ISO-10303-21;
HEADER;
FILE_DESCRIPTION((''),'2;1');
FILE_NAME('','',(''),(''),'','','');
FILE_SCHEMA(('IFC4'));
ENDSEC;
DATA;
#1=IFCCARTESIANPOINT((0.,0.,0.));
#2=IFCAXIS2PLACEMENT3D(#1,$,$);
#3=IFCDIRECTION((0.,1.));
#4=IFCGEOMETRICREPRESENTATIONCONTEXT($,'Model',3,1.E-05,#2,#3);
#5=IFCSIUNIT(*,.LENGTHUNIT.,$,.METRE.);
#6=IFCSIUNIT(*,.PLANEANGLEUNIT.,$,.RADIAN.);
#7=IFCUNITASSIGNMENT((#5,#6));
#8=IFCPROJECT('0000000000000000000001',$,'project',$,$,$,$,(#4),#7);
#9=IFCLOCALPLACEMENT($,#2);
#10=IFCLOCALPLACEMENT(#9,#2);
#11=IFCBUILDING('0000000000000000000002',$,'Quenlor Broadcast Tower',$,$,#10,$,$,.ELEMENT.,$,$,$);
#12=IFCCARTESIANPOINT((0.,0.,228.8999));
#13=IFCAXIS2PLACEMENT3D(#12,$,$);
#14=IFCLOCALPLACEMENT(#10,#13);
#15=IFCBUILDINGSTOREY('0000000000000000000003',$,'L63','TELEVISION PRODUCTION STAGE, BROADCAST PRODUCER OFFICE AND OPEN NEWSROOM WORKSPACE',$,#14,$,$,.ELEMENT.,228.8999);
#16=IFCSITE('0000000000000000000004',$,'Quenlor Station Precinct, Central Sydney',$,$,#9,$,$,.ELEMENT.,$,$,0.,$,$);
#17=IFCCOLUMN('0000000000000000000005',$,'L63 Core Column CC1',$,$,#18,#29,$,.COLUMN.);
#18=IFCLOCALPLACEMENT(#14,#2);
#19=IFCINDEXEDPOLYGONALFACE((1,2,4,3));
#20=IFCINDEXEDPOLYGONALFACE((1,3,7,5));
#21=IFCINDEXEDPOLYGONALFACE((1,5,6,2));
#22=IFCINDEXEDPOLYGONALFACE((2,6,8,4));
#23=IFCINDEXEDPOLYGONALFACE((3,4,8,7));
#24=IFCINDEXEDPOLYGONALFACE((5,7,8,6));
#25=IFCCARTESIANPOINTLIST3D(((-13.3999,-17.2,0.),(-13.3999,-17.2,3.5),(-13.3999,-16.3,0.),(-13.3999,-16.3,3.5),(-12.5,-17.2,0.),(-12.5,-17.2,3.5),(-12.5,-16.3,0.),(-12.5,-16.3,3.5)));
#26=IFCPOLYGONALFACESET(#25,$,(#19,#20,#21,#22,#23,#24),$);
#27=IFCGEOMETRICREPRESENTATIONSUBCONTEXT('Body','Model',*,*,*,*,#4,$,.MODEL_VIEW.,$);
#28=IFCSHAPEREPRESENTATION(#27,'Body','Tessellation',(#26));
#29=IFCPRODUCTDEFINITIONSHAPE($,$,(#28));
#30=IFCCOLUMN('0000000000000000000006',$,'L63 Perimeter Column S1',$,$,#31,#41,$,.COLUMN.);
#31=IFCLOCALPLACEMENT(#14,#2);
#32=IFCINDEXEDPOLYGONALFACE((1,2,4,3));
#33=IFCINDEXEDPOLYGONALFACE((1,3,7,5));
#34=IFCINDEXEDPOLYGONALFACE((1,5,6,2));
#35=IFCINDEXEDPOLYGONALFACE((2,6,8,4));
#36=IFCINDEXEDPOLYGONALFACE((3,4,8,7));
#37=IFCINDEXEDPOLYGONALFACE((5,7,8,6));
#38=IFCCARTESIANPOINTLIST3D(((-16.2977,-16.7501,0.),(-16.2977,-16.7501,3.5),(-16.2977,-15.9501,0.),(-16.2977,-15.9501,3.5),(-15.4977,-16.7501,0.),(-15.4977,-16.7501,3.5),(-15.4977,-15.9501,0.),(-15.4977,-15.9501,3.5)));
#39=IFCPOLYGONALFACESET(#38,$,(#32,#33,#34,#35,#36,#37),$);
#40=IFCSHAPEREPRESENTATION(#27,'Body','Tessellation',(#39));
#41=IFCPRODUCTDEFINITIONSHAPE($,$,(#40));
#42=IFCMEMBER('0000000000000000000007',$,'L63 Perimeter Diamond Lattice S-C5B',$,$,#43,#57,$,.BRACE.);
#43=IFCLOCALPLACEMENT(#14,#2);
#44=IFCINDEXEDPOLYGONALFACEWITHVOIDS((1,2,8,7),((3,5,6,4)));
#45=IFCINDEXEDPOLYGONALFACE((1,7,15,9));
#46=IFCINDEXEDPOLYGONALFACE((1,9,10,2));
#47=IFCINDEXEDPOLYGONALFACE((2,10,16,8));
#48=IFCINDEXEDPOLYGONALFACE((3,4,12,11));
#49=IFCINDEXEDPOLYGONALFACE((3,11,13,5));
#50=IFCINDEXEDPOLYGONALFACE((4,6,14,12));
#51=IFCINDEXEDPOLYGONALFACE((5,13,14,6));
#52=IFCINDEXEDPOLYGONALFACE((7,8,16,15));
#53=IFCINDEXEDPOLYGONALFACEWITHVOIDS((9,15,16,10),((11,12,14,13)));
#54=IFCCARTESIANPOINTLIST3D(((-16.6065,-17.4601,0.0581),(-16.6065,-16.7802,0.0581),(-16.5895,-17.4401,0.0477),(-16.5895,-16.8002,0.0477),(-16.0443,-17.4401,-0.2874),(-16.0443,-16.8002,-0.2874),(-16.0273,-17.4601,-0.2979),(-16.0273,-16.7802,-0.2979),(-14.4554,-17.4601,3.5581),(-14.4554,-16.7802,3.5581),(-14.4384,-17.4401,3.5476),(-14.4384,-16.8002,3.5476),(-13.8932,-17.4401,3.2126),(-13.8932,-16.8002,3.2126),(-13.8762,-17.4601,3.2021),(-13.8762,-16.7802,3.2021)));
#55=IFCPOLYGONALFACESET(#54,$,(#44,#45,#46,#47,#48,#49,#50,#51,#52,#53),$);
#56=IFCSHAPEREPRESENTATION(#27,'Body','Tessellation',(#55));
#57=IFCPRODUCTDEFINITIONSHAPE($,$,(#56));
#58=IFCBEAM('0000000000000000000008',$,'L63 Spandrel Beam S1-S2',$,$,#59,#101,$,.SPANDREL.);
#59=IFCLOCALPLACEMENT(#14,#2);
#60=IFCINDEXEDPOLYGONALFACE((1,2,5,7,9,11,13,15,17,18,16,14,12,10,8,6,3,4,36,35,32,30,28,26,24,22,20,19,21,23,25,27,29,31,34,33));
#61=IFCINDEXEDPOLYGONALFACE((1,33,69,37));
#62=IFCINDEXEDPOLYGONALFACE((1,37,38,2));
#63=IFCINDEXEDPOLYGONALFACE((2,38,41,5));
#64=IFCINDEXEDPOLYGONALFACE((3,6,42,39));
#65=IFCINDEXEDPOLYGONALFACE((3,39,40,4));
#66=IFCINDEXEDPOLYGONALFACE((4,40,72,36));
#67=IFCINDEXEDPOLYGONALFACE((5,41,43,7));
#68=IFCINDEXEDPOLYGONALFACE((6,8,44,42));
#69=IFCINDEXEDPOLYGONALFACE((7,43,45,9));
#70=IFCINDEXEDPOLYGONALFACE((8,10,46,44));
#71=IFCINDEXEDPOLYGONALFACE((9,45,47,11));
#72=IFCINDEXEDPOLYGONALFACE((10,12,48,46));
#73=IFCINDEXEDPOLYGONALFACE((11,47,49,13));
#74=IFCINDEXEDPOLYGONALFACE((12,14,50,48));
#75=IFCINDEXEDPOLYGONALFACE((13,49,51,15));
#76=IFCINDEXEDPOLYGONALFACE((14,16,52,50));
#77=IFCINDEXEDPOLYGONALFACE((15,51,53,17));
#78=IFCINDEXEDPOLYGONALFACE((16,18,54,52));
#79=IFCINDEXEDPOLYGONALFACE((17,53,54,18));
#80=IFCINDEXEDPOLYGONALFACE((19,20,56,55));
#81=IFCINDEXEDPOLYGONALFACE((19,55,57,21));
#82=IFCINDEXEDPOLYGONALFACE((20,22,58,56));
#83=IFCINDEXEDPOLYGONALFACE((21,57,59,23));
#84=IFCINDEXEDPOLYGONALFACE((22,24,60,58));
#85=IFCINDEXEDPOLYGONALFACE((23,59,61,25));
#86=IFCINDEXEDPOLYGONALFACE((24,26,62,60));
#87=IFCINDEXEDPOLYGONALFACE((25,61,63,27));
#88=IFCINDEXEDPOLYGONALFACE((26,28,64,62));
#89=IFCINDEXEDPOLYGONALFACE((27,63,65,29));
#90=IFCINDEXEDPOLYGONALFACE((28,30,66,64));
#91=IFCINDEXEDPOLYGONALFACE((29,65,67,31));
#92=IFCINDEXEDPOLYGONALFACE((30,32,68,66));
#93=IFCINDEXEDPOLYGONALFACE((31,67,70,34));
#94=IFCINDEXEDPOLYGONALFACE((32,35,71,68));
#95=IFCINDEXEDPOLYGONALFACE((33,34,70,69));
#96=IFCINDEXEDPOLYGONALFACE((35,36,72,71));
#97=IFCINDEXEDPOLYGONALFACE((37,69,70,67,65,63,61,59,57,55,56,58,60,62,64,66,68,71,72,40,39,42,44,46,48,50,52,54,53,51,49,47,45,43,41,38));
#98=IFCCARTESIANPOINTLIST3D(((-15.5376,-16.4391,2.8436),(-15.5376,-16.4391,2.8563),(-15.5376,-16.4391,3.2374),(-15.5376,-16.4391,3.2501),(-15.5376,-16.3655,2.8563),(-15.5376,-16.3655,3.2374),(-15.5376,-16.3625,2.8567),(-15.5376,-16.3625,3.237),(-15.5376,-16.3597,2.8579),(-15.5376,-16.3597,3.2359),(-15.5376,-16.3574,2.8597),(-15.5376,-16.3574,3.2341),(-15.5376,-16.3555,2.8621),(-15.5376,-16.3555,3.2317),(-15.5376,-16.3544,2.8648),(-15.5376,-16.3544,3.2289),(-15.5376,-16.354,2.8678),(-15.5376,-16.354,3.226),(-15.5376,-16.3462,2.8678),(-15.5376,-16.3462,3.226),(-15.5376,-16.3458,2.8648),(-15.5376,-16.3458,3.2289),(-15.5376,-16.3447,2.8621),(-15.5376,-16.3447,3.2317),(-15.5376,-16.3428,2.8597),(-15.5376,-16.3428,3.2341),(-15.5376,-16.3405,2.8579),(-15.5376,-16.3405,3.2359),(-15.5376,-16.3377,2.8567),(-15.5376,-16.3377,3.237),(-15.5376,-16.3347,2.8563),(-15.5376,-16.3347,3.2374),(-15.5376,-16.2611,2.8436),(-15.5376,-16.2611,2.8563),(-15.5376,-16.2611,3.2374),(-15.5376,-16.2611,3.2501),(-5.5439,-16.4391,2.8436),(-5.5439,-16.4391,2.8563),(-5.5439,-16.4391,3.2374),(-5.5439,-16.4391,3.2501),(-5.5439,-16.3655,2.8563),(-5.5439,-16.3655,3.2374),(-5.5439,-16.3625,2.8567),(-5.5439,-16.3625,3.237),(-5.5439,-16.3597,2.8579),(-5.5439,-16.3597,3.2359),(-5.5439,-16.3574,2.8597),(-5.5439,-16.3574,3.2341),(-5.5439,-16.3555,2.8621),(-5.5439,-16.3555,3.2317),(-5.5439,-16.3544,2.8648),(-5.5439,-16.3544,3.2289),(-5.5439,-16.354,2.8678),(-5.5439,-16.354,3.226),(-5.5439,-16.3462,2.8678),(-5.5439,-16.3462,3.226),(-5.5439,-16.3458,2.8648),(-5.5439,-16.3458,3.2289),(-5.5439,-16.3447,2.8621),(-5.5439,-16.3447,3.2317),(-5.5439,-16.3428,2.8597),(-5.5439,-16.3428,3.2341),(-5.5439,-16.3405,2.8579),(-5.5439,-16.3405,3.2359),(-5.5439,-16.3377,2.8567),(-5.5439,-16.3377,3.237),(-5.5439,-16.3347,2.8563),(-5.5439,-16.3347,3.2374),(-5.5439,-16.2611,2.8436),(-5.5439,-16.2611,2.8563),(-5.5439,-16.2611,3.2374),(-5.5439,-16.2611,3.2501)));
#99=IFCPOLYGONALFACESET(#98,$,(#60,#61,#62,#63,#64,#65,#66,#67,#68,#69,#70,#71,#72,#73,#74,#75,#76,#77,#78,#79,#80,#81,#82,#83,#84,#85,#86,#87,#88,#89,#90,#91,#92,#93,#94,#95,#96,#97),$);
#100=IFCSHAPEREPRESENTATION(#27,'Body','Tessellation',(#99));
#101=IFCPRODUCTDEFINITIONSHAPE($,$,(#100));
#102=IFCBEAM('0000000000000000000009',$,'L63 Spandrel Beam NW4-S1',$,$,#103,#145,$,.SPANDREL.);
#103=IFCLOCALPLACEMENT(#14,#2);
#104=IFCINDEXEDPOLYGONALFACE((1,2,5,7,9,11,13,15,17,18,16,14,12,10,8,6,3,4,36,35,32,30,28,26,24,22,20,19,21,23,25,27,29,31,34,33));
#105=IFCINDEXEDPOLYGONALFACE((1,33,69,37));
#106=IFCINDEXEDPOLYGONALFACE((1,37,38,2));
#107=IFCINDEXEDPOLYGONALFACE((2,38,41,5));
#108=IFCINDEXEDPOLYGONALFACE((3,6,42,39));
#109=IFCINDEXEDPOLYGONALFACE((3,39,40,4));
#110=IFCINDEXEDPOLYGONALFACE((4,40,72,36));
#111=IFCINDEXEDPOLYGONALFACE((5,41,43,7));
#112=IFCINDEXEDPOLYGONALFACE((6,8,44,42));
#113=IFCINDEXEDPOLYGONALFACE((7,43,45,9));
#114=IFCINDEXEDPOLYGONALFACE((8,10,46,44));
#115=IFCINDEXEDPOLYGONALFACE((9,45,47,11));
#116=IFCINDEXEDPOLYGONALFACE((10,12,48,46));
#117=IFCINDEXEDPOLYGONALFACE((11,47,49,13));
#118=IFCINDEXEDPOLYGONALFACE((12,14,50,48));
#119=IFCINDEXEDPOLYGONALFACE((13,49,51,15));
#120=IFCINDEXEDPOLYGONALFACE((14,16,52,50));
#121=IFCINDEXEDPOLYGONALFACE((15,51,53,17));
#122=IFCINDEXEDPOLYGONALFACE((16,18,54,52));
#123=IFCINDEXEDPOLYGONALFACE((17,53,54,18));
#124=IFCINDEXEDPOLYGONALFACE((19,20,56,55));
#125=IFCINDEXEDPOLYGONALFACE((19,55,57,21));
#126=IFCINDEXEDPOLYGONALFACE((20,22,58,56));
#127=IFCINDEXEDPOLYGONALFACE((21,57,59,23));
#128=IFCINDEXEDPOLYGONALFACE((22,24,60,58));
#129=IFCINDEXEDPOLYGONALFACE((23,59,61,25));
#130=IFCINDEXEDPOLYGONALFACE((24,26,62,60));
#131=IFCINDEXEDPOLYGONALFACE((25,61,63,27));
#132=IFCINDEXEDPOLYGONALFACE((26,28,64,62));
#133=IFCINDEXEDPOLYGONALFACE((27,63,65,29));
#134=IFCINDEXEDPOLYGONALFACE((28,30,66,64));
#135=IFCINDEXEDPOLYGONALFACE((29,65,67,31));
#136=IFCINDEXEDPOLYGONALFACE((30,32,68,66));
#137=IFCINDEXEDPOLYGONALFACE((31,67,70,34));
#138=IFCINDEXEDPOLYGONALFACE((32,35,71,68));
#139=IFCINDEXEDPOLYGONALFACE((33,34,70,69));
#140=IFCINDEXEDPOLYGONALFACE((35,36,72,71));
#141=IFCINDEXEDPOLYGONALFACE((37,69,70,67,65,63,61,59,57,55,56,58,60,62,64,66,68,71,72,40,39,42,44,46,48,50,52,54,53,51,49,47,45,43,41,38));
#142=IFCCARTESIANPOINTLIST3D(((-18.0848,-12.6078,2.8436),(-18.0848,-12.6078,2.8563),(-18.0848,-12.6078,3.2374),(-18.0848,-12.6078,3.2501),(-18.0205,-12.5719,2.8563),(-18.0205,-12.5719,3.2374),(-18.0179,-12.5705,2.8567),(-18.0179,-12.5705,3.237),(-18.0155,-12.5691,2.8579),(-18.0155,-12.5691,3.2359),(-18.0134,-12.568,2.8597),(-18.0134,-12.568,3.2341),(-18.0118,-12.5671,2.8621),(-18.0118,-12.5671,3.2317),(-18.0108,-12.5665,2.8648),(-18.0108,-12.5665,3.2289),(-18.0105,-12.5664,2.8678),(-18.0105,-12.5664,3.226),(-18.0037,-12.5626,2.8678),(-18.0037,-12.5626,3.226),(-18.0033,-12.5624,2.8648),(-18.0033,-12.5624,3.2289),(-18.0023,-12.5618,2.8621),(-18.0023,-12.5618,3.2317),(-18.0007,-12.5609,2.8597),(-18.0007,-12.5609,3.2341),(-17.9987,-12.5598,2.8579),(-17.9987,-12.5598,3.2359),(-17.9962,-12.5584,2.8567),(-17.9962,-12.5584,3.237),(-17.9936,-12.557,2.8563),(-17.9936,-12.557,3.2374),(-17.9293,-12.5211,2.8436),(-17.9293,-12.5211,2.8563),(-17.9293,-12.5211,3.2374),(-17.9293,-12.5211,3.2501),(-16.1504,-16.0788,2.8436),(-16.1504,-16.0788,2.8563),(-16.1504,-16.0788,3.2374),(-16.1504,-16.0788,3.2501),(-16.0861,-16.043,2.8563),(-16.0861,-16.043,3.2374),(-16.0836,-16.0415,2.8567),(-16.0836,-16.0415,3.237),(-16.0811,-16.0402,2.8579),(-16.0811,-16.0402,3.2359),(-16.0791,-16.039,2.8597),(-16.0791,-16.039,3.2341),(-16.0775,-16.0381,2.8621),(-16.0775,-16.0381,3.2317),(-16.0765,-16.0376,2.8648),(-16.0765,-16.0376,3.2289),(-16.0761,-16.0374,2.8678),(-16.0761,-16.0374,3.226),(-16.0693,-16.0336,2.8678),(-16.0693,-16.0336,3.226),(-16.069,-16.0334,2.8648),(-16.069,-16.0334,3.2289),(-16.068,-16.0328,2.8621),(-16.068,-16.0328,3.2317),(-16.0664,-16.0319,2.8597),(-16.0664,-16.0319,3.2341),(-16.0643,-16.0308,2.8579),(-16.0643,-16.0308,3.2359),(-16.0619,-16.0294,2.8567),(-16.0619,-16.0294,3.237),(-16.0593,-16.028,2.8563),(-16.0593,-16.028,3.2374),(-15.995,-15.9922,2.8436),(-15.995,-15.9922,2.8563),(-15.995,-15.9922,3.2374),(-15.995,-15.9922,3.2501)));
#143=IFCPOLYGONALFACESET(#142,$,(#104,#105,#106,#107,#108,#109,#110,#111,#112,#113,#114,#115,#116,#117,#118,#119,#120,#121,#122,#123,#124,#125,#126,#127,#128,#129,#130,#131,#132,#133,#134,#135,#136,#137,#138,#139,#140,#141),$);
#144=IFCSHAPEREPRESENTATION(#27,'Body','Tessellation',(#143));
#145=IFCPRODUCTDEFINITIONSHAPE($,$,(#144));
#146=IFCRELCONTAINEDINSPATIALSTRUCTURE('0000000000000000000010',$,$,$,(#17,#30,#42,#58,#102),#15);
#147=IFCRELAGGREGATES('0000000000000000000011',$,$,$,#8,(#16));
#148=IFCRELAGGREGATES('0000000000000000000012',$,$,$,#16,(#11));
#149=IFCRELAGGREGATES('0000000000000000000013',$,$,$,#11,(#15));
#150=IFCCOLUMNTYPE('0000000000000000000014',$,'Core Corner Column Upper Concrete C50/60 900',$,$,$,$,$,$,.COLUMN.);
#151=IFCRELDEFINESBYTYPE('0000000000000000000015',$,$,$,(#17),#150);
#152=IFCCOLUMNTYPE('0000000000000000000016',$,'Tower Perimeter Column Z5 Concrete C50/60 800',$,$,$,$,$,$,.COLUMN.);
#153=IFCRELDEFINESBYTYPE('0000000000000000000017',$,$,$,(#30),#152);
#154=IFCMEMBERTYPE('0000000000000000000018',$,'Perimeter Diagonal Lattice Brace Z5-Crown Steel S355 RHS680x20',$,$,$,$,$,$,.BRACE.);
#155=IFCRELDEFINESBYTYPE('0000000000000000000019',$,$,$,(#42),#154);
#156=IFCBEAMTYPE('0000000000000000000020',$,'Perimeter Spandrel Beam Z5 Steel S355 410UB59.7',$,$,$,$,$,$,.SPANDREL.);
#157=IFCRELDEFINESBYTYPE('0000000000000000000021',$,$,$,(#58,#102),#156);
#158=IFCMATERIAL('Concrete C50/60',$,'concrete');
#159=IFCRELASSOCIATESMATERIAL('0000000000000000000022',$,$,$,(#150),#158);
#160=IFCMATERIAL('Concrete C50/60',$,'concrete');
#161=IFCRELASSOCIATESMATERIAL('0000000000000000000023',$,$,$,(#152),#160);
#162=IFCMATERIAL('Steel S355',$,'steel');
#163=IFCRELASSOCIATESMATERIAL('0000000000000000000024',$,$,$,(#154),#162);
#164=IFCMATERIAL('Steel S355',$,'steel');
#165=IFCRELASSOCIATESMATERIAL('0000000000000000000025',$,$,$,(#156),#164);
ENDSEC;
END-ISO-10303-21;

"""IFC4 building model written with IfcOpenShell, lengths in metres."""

from ifc_helpers import new_model, si_unit, direction, frame, origin, origin_2d, place, context, subcontext, project, spatial, rectangle, hollow_rectangle, i_section, extrude, material, material_profile, profile_set, type_object, element, save


model = new_model("IFC4")

# Units and contexts
model_context = context("Model", 3, precision=1e-05, world=origin(), true_north=direction((0.0, 1.0)))
body_context = subcontext(model_context, "Body", "Model", "MODEL_VIEW")
ifc_project = project(units=[si_unit("LENGTHUNIT", "METRE"), si_unit("PLANEANGLEUNIT", "RADIAN")], contexts=[model_context])

# Site, building, storey
site_placement = place(None, origin())
site = spatial("IfcSite", under=ifc_project, at=site_placement, Name="Quenlor Station Precinct, Central Sydney", CompositionType="ELEMENT", RefElevation=0.0)
building_placement = place(site_placement, origin())
building = spatial("IfcBuilding", under=site, at=building_placement, Name="Quenlor Broadcast Tower", CompositionType="ELEMENT")
storey_placement = place(building_placement, frame((0.0, 0.0, 228.8999)))
storey = spatial("IfcBuildingStorey", under=building, at=storey_placement, Name="L63", Description="TELEVISION PRODUCTION STAGE, BROADCAST PRODUCER OFFICE AND OPEN NEWSROOM WORKSPACE", CompositionType="ELEMENT", Elevation=228.8999)

# Columns
ifc_material_1 = material(Name="Concrete C50/60", Category="concrete")
ifc_material_profile_1 = material_profile(ifc_material_1, rectangle(XDim=0.8999, YDim=0.8999, at=origin_2d()))
ifc_profile_set_1 = profile_set([ifc_material_profile_1], Name="Concrete C50/60 RC900x900")
column_type_1 = type_object("IfcColumnType", Name="Core Corner Column Upper Concrete C50/60 900", PredefinedType="COLUMN", material=ifc_profile_set_1)
column_1_placement = place(storey_placement, frame((-12.95, -16.75, 0.0), z_axis=(0.0, 0.0, 1.0), x_axis=(1.0, 0.0, 0.0)))
element("IfcColumn", 1, at=column_1_placement, inside=storey, type_object=column_type_1, Name="L63 Core Column CC1", PredefinedType="COLUMN", context=body_context, shape_type="SweptSolid", body=[
    extrude(rectangle(XDim=0.8999, YDim=0.8999, at=origin_2d()), origin(), (0.0, 0.0, 1.0), 3.5),
])
ifc_material_2 = material(Name="Concrete C50/60", Category="concrete")
ifc_material_profile_2 = material_profile(ifc_material_2, rectangle(XDim=0.8, YDim=0.8, at=origin_2d()))
ifc_profile_set_2 = profile_set([ifc_material_profile_2], Name="Concrete C50/60 RC800x800")
column_type_2 = type_object("IfcColumnType", Name="Tower Perimeter Column Z5 Concrete C50/60 800", PredefinedType="COLUMN", material=ifc_profile_set_2)
column_2_placement = place(storey_placement, frame((-15.8977, -16.3501, 0.0), z_axis=(0.0, 0.0, 1.0), x_axis=(0.0, 1.0, 0.0)))
element("IfcColumn", 2, at=column_2_placement, inside=storey, type_object=column_type_2, Name="L63 Perimeter Column S1", PredefinedType="COLUMN", context=body_context, shape_type="SweptSolid", body=[
    extrude(rectangle(XDim=0.8, YDim=0.8, at=origin_2d()), origin(), (0.0, 0.0, 1.0), 3.5),
])

# Member
ifc_material_3 = material(Name="Steel S355", Category="steel")
ifc_material_profile_3 = material_profile(ifc_material_3, hollow_rectangle(XDim=0.6799, YDim=0.6799, WallThickness=0.02, at=origin_2d()))
ifc_profile_set_3 = profile_set([ifc_material_profile_3], Name="Steel S355 RHS680x680x20")
member_type = type_object("IfcMemberType", Name="Perimeter Diagonal Lattice Brace Z5-Crown Steel S355 RHS680x20", PredefinedType="BRACE", material=ifc_profile_set_3)
member_placement = place(storey_placement, frame((-16.3169, -17.1201, -0.1199), z_axis=(0.523617, 0.0, 0.851954), x_axis=(0.0, 1.0, 0.0)))
element("IfcMember", 3, at=member_placement, inside=storey, type_object=member_type, Name="L63 Perimeter Diamond Lattice S-C5B", PredefinedType="BRACE", context=body_context, shape_type="SweptSolid", body=[
    extrude(hollow_rectangle(XDim=0.6799, YDim=0.6799, WallThickness=0.02, at=origin_2d()), origin(), (0.0, 0.0, 1.0), 4.1082),
])

# Beams
ifc_material_4 = material(Name="Steel S355", Category="steel")
ifc_material_profile_4 = material_profile(ifc_material_4, i_section(OverallWidth=0.178, OverallDepth=0.4065, WebThickness=0.0078, FlangeThickness=0.0127, FilletRadius=0.0115, at=origin_2d()))
ifc_profile_set_4 = profile_set([ifc_material_profile_4], Name="Steel S355 410UB59.7")
beam_type_1 = type_object("IfcBeamType", Name="Perimeter Spandrel Beam Z5 Steel S355 410UB59.7", PredefinedType="SPANDREL", material=ifc_profile_set_4)
beam_1_placement = place(storey_placement, frame((-15.5376, -16.3501, 3.0469), z_axis=(1.0, 0.0, 0.0), x_axis=(0.0, 1.0, 0.0)))
element("IfcBeam", 4, at=beam_1_placement, inside=storey, type_object=beam_type_1, Name="L63 Spandrel Beam S1-S2", PredefinedType="SPANDREL", context=body_context, shape_type="SweptSolid", body=[
    extrude(i_section(OverallWidth=0.178, OverallDepth=0.4065, WebThickness=0.0078, FlangeThickness=0.0127, FilletRadius=0.0115, at=origin_2d()), origin(), (0.0, 0.0, 1.0), 9.9937),
])
beam_2_placement = place(storey_placement, frame((-18.0071, -12.5645, 3.0469), z_axis=(0.486801, -0.873513, 0.0), x_axis=(0.873513, 0.486801, 0.0)))
element("IfcBeam", 5, at=beam_2_placement, inside=storey, type_object=beam_type_1, Name="L63 Spandrel Beam NW4-S1", PredefinedType="SPANDREL", context=body_context, shape_type="SweptSolid", body=[
    extrude(i_section(OverallWidth=0.178, OverallDepth=0.4065, WebThickness=0.0078, FlangeThickness=0.0127, FilletRadius=0.0115, at=origin_2d()), origin(), (0.0, 0.0, 1.0), 3.9736),
])

save(model, "model.ifc")
